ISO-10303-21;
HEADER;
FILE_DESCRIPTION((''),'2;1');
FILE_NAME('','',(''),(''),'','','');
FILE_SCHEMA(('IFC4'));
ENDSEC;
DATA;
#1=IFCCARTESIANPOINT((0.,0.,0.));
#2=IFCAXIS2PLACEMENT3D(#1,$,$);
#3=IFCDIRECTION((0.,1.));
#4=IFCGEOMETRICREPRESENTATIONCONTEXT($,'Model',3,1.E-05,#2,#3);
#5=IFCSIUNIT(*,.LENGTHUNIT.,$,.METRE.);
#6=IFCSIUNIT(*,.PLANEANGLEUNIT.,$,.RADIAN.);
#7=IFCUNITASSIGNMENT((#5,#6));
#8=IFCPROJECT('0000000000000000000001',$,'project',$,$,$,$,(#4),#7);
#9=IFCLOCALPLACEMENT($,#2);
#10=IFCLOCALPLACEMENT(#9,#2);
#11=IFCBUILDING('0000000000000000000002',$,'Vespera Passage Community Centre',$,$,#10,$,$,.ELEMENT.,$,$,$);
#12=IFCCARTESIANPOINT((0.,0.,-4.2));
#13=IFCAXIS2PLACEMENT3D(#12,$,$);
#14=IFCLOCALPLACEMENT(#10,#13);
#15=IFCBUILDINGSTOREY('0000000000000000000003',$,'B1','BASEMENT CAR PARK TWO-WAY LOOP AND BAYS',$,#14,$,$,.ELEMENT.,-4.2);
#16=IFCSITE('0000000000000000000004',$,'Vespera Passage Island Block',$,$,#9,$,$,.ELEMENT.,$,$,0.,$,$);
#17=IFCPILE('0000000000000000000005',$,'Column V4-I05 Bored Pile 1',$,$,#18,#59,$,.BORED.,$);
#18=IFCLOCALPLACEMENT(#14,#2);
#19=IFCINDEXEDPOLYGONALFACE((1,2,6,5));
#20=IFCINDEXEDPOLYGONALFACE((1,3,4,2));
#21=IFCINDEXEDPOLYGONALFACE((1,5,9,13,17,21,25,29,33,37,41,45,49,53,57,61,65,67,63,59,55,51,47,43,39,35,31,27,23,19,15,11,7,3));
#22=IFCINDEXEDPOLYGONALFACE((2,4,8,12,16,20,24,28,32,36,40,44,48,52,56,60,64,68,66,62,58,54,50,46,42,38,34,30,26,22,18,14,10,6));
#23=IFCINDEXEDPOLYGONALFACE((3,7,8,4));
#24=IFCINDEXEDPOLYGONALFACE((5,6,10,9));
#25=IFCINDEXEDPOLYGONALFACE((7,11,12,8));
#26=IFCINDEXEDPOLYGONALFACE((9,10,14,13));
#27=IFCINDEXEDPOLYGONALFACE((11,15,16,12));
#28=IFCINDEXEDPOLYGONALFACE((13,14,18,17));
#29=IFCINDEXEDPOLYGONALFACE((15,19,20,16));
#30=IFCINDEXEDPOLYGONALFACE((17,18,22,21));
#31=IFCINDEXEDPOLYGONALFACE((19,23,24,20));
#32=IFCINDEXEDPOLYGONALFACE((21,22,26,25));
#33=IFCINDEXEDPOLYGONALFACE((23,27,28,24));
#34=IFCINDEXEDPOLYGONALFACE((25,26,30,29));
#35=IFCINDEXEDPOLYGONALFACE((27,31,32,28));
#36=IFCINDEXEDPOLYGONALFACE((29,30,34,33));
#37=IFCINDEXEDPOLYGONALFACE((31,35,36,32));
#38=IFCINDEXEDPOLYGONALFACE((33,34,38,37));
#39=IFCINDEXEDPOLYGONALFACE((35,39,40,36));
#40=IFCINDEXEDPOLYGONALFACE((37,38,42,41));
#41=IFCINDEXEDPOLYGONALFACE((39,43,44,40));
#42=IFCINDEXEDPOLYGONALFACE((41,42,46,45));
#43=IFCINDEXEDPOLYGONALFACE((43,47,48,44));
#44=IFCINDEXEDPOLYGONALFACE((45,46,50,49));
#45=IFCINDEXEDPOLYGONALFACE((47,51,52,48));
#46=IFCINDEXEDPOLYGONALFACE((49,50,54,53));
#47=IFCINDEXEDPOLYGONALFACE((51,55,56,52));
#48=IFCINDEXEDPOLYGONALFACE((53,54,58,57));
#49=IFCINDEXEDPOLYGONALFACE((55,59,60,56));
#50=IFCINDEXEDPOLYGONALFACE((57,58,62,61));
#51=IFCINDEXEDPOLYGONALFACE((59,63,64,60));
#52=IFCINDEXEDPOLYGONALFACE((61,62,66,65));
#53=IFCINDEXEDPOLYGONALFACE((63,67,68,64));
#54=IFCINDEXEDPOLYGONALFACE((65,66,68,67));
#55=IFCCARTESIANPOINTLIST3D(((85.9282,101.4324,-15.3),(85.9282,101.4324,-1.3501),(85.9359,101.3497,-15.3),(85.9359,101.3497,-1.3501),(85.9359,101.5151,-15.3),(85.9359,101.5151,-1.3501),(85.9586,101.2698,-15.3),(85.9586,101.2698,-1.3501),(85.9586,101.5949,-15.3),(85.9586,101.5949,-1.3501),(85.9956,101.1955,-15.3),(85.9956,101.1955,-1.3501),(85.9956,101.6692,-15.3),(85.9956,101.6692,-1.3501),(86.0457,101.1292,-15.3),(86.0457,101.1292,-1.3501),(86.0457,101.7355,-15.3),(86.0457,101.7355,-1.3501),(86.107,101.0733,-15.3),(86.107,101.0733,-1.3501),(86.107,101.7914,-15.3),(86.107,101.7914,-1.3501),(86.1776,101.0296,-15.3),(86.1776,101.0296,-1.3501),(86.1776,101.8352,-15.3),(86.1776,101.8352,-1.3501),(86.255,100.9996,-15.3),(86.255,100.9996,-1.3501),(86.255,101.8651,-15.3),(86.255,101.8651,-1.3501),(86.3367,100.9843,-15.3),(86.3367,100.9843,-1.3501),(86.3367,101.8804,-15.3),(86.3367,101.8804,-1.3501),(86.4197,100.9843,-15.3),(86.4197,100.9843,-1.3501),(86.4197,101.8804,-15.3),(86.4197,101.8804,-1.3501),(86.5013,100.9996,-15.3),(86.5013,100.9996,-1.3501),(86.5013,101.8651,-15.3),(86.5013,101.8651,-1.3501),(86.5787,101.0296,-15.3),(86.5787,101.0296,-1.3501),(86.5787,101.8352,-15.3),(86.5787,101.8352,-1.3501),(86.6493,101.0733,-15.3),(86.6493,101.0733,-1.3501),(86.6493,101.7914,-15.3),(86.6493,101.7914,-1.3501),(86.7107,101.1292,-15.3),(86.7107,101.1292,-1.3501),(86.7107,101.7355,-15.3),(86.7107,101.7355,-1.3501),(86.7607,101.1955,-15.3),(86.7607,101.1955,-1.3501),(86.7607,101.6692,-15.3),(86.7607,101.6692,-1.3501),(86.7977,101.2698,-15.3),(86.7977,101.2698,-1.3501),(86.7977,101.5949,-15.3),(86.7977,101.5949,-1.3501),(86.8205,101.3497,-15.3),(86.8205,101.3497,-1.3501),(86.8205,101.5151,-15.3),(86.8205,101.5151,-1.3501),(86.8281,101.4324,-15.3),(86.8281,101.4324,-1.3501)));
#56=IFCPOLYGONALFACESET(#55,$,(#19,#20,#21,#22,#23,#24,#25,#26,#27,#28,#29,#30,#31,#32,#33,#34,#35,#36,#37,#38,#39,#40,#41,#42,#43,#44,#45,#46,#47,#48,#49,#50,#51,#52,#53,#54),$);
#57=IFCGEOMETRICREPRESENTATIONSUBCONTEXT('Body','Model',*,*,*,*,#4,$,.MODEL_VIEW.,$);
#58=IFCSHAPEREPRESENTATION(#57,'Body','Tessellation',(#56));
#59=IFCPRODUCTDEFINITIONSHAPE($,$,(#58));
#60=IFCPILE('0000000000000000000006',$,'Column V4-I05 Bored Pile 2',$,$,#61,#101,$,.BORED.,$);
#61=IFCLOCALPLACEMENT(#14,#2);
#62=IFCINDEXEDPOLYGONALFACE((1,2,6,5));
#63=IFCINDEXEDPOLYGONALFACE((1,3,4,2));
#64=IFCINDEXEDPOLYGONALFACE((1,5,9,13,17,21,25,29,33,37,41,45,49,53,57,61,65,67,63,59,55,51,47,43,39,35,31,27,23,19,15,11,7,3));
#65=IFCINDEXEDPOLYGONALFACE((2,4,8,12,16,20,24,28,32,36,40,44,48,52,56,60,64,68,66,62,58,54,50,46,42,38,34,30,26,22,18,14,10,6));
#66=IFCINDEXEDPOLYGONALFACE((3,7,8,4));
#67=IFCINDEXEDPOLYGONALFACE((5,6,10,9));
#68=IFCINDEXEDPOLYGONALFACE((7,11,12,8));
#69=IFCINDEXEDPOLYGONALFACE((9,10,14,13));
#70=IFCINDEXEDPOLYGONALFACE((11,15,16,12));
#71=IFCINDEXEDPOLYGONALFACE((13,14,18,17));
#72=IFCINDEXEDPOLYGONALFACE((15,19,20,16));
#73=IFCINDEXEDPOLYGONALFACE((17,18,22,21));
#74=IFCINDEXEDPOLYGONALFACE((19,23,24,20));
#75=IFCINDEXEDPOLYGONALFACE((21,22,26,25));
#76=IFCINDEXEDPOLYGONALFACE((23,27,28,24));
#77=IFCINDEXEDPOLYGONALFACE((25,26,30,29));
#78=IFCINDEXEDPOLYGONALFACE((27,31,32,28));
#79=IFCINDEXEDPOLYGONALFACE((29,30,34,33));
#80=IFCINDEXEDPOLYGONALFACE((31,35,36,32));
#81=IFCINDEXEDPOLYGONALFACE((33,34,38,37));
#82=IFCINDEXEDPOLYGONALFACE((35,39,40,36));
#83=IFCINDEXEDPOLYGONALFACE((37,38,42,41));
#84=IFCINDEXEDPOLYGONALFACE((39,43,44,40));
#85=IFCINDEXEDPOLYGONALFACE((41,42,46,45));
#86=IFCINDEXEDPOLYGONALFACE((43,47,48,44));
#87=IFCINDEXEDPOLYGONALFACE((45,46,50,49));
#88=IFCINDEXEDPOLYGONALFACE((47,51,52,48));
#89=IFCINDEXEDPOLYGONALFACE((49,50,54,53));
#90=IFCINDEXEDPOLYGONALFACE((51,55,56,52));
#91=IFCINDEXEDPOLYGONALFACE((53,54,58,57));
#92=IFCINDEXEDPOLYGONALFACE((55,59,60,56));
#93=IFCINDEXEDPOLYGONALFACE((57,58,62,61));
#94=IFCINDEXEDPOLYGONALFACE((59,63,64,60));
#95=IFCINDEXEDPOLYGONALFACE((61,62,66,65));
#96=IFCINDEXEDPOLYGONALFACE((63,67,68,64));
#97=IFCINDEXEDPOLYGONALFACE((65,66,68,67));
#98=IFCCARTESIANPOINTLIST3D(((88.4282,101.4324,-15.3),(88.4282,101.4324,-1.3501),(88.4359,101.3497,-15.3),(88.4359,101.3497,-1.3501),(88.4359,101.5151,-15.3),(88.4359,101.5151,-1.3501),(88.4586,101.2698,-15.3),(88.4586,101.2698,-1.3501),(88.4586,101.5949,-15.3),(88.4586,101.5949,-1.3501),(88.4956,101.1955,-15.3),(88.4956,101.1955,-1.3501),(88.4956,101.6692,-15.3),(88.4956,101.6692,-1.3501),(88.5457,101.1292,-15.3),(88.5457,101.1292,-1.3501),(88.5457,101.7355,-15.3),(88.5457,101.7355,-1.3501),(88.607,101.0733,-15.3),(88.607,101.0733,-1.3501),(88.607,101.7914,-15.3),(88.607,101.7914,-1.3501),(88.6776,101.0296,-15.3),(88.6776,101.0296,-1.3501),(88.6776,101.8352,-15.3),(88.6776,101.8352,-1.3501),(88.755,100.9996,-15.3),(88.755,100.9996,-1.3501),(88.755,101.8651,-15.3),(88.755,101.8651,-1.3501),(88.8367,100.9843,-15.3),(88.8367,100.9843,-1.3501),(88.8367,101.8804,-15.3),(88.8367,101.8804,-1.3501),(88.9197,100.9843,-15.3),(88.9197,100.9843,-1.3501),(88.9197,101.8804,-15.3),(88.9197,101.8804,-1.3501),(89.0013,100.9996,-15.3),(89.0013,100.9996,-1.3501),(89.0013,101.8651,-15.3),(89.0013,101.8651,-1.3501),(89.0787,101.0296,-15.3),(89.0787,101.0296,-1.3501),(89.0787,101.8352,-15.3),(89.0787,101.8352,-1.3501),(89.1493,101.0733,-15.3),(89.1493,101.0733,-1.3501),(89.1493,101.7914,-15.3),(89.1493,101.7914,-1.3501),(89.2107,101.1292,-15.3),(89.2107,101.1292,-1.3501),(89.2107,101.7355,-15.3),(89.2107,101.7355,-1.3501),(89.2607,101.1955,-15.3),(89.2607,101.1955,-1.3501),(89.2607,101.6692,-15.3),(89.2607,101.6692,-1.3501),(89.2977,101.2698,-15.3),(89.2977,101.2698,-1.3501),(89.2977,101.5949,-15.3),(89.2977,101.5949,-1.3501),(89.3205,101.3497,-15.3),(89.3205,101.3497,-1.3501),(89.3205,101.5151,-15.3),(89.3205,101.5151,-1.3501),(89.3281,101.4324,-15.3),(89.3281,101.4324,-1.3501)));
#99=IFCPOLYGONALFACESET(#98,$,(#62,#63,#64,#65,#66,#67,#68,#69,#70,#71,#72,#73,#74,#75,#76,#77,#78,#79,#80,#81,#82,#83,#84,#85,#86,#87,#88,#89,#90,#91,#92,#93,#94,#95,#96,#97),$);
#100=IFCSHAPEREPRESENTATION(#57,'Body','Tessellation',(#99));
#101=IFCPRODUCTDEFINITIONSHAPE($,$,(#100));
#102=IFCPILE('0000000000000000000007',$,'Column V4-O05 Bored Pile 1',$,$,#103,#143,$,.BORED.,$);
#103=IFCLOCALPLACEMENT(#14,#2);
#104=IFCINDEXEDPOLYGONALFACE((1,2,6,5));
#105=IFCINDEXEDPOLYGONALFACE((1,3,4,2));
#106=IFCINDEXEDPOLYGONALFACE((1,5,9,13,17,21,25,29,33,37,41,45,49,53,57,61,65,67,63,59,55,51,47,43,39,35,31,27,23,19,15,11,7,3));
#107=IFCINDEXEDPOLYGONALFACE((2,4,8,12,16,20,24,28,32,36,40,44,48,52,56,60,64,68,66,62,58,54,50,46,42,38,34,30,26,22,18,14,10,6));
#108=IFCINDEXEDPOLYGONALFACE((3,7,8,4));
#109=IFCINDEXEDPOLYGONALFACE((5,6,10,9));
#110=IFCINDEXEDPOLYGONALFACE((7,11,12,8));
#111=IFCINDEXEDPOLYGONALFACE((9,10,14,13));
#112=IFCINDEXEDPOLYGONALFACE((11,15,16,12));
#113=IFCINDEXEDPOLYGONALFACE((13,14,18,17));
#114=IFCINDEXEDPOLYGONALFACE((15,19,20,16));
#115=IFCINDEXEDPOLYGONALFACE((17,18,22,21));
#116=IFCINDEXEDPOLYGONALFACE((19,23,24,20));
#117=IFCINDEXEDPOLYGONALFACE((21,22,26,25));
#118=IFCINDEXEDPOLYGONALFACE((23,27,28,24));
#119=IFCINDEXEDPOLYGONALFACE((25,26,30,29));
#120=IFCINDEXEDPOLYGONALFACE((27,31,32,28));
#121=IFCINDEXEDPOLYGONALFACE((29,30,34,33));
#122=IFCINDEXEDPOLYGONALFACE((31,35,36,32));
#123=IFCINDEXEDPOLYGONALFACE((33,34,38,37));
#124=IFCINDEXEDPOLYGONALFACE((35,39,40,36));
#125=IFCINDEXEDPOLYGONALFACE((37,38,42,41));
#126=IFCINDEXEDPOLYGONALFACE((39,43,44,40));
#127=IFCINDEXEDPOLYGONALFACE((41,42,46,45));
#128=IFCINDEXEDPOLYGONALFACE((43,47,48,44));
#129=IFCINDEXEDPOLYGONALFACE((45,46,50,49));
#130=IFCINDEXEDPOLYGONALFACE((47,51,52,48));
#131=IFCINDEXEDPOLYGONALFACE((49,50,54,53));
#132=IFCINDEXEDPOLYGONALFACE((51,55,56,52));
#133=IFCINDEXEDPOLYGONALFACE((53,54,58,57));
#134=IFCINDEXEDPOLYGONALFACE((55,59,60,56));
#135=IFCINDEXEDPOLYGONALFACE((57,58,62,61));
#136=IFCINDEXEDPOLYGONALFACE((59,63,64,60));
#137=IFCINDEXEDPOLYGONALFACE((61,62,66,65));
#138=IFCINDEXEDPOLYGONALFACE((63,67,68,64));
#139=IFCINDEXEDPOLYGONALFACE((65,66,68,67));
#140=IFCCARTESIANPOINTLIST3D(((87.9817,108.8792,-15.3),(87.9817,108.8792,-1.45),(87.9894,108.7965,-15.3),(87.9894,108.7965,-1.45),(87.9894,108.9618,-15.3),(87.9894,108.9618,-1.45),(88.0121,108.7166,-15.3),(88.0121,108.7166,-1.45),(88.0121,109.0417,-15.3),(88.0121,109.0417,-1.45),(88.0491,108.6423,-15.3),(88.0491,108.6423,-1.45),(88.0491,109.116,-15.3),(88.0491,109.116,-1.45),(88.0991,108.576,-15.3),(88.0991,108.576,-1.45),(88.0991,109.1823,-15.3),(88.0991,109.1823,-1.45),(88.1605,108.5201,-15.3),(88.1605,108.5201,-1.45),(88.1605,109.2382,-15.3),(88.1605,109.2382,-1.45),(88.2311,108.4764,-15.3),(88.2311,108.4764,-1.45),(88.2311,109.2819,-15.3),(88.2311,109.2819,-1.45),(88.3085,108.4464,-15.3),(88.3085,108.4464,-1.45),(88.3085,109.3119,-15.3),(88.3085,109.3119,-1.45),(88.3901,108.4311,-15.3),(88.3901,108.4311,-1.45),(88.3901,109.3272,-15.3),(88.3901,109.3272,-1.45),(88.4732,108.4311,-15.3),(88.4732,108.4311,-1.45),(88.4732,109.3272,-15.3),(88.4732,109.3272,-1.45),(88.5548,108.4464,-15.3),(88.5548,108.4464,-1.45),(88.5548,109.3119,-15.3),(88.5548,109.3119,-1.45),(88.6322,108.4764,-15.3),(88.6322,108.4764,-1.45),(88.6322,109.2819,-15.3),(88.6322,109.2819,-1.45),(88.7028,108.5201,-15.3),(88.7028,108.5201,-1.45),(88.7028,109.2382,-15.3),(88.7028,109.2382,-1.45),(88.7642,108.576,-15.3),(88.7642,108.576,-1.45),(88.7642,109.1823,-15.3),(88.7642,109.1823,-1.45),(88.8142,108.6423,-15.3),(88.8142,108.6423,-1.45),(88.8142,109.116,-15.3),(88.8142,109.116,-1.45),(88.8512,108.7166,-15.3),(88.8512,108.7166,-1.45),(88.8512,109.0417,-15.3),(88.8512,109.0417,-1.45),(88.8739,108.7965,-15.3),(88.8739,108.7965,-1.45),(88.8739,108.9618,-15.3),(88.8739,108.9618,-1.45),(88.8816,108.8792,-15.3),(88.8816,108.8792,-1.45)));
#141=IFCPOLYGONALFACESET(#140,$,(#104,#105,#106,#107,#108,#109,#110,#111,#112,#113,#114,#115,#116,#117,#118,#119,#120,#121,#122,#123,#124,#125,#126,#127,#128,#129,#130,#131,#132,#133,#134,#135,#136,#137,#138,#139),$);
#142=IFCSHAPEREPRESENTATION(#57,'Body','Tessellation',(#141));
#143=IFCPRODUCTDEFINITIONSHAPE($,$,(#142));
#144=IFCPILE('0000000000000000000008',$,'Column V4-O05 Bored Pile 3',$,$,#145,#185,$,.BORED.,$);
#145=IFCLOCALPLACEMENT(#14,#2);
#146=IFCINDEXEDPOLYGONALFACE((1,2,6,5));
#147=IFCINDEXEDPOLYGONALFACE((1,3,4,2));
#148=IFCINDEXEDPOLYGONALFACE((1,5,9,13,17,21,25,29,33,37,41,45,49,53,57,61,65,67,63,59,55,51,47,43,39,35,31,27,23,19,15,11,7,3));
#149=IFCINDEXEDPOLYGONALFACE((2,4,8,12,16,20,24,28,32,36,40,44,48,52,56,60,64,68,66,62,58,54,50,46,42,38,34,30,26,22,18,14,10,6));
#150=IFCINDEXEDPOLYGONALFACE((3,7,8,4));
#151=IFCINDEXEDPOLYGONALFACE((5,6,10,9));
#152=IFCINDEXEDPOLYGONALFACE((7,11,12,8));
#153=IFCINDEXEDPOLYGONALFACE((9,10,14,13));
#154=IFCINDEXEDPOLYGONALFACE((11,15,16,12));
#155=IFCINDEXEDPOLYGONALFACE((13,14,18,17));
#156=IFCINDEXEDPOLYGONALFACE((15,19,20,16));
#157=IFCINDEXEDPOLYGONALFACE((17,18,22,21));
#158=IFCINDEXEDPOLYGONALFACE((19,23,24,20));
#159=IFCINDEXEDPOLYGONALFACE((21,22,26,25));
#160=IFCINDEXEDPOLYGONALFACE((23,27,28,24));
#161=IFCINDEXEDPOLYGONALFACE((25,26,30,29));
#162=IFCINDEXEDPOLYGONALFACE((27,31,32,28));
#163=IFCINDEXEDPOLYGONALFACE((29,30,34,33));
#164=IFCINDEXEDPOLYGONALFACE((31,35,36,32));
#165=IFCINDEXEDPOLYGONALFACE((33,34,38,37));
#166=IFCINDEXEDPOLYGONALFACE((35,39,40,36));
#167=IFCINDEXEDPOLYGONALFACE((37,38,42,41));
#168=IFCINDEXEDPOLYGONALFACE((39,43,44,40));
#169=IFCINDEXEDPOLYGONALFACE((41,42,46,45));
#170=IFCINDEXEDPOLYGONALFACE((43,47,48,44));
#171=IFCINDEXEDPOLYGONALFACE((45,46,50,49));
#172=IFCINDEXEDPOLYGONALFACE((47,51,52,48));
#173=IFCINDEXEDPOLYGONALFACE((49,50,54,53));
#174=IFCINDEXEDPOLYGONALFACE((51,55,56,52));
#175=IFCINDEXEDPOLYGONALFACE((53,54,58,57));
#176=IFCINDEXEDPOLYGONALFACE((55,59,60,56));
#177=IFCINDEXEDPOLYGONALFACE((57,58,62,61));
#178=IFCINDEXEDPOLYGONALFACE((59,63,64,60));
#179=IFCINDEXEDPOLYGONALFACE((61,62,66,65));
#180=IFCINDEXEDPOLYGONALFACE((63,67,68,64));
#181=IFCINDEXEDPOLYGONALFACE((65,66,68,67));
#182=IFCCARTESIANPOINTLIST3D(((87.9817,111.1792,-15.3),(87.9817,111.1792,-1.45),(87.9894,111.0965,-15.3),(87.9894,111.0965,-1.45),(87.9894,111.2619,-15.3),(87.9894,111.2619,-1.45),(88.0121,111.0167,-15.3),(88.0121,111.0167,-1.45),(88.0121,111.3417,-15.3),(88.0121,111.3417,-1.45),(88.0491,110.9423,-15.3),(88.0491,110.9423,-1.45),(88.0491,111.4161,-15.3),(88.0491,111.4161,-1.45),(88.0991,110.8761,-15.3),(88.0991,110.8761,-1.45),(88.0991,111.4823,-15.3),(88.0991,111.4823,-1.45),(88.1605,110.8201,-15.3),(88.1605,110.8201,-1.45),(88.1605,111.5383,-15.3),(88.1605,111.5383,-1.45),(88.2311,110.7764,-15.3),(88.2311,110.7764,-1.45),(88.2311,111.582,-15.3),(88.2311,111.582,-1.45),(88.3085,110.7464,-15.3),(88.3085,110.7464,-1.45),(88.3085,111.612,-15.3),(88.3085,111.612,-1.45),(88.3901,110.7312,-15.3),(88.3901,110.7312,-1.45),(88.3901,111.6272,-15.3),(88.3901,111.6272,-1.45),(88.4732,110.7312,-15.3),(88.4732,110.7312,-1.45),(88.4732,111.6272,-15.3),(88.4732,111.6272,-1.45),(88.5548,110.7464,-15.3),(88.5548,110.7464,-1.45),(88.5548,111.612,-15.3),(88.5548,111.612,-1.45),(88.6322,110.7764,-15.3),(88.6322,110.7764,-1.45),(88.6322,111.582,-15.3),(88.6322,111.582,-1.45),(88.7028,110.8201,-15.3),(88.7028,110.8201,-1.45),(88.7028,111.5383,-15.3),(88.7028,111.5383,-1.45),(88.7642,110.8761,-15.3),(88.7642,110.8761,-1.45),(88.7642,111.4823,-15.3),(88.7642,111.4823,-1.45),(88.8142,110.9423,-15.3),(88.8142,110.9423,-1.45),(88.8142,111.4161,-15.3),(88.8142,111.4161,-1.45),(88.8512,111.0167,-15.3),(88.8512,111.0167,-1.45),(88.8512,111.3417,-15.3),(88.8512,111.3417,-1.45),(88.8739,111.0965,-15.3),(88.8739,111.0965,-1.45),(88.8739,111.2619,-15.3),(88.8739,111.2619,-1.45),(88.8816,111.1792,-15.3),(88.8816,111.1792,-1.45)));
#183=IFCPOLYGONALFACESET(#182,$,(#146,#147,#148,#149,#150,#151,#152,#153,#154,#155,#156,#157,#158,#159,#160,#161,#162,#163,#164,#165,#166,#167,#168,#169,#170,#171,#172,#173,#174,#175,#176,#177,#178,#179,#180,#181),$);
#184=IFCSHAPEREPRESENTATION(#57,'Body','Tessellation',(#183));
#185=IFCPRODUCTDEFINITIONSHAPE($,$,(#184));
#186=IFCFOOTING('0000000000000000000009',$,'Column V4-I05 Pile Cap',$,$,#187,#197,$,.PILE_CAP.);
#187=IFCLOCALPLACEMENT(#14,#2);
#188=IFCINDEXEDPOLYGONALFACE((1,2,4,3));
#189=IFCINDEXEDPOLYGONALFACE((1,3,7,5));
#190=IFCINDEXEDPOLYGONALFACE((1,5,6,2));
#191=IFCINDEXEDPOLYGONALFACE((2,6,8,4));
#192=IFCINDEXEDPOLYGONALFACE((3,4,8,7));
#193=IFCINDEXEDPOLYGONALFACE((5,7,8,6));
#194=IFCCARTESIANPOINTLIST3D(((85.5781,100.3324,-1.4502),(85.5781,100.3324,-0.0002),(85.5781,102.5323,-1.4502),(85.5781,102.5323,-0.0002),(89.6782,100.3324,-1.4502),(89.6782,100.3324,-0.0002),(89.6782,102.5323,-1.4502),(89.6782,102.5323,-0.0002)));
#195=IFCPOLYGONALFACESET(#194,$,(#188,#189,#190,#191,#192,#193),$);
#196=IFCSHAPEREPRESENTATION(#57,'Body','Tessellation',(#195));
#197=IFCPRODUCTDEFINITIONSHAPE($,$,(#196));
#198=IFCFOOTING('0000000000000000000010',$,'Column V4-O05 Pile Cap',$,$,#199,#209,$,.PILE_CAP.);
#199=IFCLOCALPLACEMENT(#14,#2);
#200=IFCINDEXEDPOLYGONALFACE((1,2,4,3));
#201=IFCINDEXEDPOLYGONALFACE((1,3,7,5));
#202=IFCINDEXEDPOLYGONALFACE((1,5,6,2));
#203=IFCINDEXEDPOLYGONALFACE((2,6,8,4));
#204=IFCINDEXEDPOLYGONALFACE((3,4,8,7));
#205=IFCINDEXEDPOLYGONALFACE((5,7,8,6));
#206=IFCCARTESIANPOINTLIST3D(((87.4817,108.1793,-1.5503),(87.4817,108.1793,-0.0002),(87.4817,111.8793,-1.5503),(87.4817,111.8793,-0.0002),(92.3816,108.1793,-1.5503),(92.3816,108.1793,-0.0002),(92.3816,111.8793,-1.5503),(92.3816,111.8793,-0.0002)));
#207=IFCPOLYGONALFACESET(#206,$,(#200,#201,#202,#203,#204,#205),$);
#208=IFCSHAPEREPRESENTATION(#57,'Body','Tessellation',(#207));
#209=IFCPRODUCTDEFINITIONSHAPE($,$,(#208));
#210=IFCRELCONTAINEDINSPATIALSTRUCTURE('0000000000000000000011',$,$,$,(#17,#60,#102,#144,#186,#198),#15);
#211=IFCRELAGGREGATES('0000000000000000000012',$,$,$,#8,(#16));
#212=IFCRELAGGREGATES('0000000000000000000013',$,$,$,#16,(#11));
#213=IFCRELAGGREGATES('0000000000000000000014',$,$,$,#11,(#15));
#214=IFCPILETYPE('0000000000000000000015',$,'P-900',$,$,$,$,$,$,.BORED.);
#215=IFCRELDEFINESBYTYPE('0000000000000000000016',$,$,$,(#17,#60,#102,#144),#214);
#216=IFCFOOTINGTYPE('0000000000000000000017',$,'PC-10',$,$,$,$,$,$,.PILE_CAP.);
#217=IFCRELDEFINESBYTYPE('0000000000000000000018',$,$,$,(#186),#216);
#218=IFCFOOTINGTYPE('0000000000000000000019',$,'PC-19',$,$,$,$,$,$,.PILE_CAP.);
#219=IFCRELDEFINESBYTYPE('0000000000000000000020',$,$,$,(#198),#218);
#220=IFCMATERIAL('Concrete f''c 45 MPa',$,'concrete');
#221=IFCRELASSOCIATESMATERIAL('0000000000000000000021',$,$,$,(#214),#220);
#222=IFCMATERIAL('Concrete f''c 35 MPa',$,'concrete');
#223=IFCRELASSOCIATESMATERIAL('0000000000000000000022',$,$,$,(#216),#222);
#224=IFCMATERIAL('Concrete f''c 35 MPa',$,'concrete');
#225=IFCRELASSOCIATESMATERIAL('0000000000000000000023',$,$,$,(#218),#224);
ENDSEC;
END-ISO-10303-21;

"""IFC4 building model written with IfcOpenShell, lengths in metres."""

from ifc_helpers import new_model, si_unit, direction, frame, origin, origin_2d, place, context, subcontext, project, spatial, rectangle, circle, extrude, material, material_profile, profile_set, type_object, element, save


model = new_model("IFC4")

# Units and contexts
model_context = context("Model", 3, precision=1e-05, world=origin(), true_north=direction((0.0, 1.0)))
body_context = subcontext(model_context, "Body", "Model", "MODEL_VIEW")
ifc_project = project(units=[si_unit("LENGTHUNIT", "METRE"), si_unit("PLANEANGLEUNIT", "RADIAN")], contexts=[model_context])

# Site, building, storey
site_placement = place(None, origin())
site = spatial("IfcSite", under=ifc_project, at=site_placement, Name="Vespera Passage Island Block", CompositionType="ELEMENT", RefElevation=0.0)
building_placement = place(site_placement, origin())
building = spatial("IfcBuilding", under=site, at=building_placement, Name="Vespera Passage Community Centre", CompositionType="ELEMENT")
storey_placement = place(building_placement, frame((0.0, 0.0, -4.2)))
storey = spatial("IfcBuildingStorey", under=building, at=storey_placement, Name="B1", Description="BASEMENT CAR PARK TWO-WAY LOOP AND BAYS", CompositionType="ELEMENT", Elevation=-4.2)

# Piles
ifc_material_1 = material(Name="Concrete f'c 45 MPa", Category="concrete")
ifc_material_profile_1 = material_profile(ifc_material_1, circle(Radius=0.45, at=origin_2d()), Name="PILE900DIA")
ifc_profile_set_1 = profile_set([ifc_material_profile_1], Name="Concrete f'c 45 MPa")
pile_type = type_object("IfcPileType", Name="P-900", PredefinedType="BORED", material=ifc_profile_set_1)
for number, where, z_axis, x_axis, name in (
    (1, (86.3782, 101.4324, -1.3501), (0.0, 0.0, -1.0), (1.0, 0.0, 0.0), "Column V4-I05 Bored Pile 1"),
    (2, (88.8782, 101.4324, -1.3501), (0.0, 0.0, -1.0), (1.0, 0.0, 0.0), "Column V4-I05 Bored Pile 2"),
):
    element("IfcPile", number, at=place(storey_placement, frame(where, z_axis=z_axis, x_axis=x_axis)), inside=storey, type_object=pile_type, Name=name, PredefinedType="BORED", context=body_context, shape_type="SweptSolid", body=[
        extrude(circle(Radius=0.45, at=origin_2d()), origin(), (0.0, 0.0, 1.0), 13.95),
    ])
for number, where, z_axis, x_axis, name in (
    (3, (88.4316, 108.8792, -1.45), (0.0, 0.0, -1.0), (1.0, 0.0, 0.0), "Column V4-O05 Bored Pile 1"),
    (4, (88.4316, 111.1792, -1.45), (0.0, 0.0, -1.0), (1.0, 0.0, 0.0), "Column V4-O05 Bored Pile 3"),
):
    element("IfcPile", number, at=place(storey_placement, frame(where, z_axis=z_axis, x_axis=x_axis)), inside=storey, type_object=pile_type, Name=name, PredefinedType="BORED", context=body_context, shape_type="SweptSolid", body=[
        extrude(circle(Radius=0.45, at=origin_2d()), origin(), (0.0, 0.0, 1.0), 13.8501),
    ])

# Footings
ifc_material_2 = material(Name="Concrete f'c 35 MPa", Category="concrete")
footing_type_1 = type_object("IfcFootingType", Name="PC-10", PredefinedType="PILE_CAP", material=ifc_material_2)
footing_1_placement = place(storey_placement, frame((87.6282, 101.4324, -1.4502), z_axis=(0.0, 0.0, 1.0), x_axis=(1.0, 0.0, 0.0)))
element("IfcFooting", 5, at=footing_1_placement, inside=storey, type_object=footing_type_1, Name="Column V4-I05 Pile Cap", PredefinedType="PILE_CAP", context=body_context, shape_type="SweptSolid", body=[
    extrude(rectangle(XDim=4.1001, YDim=2.2, at=origin_2d()), origin(), (0.0, 0.0, 1.0), 1.45),
])
ifc_material_3 = material(Name="Concrete f'c 35 MPa", Category="concrete")
footing_type_2 = type_object("IfcFootingType", Name="PC-19", PredefinedType="PILE_CAP", material=ifc_material_3)
footing_2_placement = place(storey_placement, frame((89.9316, 110.0293, -1.5503), z_axis=(0.0, 0.0, 1.0), x_axis=(1.0, 0.0, 0.0)))
element("IfcFooting", 6, at=footing_2_placement, inside=storey, type_object=footing_type_2, Name="Column V4-O05 Pile Cap", PredefinedType="PILE_CAP", context=body_context, shape_type="SweptSolid", body=[
    extrude(rectangle(XDim=4.8999, YDim=3.7, at=origin_2d()), origin(), (0.0, 0.0, 1.0), 1.55),
])

save(model, "model.ifc")
